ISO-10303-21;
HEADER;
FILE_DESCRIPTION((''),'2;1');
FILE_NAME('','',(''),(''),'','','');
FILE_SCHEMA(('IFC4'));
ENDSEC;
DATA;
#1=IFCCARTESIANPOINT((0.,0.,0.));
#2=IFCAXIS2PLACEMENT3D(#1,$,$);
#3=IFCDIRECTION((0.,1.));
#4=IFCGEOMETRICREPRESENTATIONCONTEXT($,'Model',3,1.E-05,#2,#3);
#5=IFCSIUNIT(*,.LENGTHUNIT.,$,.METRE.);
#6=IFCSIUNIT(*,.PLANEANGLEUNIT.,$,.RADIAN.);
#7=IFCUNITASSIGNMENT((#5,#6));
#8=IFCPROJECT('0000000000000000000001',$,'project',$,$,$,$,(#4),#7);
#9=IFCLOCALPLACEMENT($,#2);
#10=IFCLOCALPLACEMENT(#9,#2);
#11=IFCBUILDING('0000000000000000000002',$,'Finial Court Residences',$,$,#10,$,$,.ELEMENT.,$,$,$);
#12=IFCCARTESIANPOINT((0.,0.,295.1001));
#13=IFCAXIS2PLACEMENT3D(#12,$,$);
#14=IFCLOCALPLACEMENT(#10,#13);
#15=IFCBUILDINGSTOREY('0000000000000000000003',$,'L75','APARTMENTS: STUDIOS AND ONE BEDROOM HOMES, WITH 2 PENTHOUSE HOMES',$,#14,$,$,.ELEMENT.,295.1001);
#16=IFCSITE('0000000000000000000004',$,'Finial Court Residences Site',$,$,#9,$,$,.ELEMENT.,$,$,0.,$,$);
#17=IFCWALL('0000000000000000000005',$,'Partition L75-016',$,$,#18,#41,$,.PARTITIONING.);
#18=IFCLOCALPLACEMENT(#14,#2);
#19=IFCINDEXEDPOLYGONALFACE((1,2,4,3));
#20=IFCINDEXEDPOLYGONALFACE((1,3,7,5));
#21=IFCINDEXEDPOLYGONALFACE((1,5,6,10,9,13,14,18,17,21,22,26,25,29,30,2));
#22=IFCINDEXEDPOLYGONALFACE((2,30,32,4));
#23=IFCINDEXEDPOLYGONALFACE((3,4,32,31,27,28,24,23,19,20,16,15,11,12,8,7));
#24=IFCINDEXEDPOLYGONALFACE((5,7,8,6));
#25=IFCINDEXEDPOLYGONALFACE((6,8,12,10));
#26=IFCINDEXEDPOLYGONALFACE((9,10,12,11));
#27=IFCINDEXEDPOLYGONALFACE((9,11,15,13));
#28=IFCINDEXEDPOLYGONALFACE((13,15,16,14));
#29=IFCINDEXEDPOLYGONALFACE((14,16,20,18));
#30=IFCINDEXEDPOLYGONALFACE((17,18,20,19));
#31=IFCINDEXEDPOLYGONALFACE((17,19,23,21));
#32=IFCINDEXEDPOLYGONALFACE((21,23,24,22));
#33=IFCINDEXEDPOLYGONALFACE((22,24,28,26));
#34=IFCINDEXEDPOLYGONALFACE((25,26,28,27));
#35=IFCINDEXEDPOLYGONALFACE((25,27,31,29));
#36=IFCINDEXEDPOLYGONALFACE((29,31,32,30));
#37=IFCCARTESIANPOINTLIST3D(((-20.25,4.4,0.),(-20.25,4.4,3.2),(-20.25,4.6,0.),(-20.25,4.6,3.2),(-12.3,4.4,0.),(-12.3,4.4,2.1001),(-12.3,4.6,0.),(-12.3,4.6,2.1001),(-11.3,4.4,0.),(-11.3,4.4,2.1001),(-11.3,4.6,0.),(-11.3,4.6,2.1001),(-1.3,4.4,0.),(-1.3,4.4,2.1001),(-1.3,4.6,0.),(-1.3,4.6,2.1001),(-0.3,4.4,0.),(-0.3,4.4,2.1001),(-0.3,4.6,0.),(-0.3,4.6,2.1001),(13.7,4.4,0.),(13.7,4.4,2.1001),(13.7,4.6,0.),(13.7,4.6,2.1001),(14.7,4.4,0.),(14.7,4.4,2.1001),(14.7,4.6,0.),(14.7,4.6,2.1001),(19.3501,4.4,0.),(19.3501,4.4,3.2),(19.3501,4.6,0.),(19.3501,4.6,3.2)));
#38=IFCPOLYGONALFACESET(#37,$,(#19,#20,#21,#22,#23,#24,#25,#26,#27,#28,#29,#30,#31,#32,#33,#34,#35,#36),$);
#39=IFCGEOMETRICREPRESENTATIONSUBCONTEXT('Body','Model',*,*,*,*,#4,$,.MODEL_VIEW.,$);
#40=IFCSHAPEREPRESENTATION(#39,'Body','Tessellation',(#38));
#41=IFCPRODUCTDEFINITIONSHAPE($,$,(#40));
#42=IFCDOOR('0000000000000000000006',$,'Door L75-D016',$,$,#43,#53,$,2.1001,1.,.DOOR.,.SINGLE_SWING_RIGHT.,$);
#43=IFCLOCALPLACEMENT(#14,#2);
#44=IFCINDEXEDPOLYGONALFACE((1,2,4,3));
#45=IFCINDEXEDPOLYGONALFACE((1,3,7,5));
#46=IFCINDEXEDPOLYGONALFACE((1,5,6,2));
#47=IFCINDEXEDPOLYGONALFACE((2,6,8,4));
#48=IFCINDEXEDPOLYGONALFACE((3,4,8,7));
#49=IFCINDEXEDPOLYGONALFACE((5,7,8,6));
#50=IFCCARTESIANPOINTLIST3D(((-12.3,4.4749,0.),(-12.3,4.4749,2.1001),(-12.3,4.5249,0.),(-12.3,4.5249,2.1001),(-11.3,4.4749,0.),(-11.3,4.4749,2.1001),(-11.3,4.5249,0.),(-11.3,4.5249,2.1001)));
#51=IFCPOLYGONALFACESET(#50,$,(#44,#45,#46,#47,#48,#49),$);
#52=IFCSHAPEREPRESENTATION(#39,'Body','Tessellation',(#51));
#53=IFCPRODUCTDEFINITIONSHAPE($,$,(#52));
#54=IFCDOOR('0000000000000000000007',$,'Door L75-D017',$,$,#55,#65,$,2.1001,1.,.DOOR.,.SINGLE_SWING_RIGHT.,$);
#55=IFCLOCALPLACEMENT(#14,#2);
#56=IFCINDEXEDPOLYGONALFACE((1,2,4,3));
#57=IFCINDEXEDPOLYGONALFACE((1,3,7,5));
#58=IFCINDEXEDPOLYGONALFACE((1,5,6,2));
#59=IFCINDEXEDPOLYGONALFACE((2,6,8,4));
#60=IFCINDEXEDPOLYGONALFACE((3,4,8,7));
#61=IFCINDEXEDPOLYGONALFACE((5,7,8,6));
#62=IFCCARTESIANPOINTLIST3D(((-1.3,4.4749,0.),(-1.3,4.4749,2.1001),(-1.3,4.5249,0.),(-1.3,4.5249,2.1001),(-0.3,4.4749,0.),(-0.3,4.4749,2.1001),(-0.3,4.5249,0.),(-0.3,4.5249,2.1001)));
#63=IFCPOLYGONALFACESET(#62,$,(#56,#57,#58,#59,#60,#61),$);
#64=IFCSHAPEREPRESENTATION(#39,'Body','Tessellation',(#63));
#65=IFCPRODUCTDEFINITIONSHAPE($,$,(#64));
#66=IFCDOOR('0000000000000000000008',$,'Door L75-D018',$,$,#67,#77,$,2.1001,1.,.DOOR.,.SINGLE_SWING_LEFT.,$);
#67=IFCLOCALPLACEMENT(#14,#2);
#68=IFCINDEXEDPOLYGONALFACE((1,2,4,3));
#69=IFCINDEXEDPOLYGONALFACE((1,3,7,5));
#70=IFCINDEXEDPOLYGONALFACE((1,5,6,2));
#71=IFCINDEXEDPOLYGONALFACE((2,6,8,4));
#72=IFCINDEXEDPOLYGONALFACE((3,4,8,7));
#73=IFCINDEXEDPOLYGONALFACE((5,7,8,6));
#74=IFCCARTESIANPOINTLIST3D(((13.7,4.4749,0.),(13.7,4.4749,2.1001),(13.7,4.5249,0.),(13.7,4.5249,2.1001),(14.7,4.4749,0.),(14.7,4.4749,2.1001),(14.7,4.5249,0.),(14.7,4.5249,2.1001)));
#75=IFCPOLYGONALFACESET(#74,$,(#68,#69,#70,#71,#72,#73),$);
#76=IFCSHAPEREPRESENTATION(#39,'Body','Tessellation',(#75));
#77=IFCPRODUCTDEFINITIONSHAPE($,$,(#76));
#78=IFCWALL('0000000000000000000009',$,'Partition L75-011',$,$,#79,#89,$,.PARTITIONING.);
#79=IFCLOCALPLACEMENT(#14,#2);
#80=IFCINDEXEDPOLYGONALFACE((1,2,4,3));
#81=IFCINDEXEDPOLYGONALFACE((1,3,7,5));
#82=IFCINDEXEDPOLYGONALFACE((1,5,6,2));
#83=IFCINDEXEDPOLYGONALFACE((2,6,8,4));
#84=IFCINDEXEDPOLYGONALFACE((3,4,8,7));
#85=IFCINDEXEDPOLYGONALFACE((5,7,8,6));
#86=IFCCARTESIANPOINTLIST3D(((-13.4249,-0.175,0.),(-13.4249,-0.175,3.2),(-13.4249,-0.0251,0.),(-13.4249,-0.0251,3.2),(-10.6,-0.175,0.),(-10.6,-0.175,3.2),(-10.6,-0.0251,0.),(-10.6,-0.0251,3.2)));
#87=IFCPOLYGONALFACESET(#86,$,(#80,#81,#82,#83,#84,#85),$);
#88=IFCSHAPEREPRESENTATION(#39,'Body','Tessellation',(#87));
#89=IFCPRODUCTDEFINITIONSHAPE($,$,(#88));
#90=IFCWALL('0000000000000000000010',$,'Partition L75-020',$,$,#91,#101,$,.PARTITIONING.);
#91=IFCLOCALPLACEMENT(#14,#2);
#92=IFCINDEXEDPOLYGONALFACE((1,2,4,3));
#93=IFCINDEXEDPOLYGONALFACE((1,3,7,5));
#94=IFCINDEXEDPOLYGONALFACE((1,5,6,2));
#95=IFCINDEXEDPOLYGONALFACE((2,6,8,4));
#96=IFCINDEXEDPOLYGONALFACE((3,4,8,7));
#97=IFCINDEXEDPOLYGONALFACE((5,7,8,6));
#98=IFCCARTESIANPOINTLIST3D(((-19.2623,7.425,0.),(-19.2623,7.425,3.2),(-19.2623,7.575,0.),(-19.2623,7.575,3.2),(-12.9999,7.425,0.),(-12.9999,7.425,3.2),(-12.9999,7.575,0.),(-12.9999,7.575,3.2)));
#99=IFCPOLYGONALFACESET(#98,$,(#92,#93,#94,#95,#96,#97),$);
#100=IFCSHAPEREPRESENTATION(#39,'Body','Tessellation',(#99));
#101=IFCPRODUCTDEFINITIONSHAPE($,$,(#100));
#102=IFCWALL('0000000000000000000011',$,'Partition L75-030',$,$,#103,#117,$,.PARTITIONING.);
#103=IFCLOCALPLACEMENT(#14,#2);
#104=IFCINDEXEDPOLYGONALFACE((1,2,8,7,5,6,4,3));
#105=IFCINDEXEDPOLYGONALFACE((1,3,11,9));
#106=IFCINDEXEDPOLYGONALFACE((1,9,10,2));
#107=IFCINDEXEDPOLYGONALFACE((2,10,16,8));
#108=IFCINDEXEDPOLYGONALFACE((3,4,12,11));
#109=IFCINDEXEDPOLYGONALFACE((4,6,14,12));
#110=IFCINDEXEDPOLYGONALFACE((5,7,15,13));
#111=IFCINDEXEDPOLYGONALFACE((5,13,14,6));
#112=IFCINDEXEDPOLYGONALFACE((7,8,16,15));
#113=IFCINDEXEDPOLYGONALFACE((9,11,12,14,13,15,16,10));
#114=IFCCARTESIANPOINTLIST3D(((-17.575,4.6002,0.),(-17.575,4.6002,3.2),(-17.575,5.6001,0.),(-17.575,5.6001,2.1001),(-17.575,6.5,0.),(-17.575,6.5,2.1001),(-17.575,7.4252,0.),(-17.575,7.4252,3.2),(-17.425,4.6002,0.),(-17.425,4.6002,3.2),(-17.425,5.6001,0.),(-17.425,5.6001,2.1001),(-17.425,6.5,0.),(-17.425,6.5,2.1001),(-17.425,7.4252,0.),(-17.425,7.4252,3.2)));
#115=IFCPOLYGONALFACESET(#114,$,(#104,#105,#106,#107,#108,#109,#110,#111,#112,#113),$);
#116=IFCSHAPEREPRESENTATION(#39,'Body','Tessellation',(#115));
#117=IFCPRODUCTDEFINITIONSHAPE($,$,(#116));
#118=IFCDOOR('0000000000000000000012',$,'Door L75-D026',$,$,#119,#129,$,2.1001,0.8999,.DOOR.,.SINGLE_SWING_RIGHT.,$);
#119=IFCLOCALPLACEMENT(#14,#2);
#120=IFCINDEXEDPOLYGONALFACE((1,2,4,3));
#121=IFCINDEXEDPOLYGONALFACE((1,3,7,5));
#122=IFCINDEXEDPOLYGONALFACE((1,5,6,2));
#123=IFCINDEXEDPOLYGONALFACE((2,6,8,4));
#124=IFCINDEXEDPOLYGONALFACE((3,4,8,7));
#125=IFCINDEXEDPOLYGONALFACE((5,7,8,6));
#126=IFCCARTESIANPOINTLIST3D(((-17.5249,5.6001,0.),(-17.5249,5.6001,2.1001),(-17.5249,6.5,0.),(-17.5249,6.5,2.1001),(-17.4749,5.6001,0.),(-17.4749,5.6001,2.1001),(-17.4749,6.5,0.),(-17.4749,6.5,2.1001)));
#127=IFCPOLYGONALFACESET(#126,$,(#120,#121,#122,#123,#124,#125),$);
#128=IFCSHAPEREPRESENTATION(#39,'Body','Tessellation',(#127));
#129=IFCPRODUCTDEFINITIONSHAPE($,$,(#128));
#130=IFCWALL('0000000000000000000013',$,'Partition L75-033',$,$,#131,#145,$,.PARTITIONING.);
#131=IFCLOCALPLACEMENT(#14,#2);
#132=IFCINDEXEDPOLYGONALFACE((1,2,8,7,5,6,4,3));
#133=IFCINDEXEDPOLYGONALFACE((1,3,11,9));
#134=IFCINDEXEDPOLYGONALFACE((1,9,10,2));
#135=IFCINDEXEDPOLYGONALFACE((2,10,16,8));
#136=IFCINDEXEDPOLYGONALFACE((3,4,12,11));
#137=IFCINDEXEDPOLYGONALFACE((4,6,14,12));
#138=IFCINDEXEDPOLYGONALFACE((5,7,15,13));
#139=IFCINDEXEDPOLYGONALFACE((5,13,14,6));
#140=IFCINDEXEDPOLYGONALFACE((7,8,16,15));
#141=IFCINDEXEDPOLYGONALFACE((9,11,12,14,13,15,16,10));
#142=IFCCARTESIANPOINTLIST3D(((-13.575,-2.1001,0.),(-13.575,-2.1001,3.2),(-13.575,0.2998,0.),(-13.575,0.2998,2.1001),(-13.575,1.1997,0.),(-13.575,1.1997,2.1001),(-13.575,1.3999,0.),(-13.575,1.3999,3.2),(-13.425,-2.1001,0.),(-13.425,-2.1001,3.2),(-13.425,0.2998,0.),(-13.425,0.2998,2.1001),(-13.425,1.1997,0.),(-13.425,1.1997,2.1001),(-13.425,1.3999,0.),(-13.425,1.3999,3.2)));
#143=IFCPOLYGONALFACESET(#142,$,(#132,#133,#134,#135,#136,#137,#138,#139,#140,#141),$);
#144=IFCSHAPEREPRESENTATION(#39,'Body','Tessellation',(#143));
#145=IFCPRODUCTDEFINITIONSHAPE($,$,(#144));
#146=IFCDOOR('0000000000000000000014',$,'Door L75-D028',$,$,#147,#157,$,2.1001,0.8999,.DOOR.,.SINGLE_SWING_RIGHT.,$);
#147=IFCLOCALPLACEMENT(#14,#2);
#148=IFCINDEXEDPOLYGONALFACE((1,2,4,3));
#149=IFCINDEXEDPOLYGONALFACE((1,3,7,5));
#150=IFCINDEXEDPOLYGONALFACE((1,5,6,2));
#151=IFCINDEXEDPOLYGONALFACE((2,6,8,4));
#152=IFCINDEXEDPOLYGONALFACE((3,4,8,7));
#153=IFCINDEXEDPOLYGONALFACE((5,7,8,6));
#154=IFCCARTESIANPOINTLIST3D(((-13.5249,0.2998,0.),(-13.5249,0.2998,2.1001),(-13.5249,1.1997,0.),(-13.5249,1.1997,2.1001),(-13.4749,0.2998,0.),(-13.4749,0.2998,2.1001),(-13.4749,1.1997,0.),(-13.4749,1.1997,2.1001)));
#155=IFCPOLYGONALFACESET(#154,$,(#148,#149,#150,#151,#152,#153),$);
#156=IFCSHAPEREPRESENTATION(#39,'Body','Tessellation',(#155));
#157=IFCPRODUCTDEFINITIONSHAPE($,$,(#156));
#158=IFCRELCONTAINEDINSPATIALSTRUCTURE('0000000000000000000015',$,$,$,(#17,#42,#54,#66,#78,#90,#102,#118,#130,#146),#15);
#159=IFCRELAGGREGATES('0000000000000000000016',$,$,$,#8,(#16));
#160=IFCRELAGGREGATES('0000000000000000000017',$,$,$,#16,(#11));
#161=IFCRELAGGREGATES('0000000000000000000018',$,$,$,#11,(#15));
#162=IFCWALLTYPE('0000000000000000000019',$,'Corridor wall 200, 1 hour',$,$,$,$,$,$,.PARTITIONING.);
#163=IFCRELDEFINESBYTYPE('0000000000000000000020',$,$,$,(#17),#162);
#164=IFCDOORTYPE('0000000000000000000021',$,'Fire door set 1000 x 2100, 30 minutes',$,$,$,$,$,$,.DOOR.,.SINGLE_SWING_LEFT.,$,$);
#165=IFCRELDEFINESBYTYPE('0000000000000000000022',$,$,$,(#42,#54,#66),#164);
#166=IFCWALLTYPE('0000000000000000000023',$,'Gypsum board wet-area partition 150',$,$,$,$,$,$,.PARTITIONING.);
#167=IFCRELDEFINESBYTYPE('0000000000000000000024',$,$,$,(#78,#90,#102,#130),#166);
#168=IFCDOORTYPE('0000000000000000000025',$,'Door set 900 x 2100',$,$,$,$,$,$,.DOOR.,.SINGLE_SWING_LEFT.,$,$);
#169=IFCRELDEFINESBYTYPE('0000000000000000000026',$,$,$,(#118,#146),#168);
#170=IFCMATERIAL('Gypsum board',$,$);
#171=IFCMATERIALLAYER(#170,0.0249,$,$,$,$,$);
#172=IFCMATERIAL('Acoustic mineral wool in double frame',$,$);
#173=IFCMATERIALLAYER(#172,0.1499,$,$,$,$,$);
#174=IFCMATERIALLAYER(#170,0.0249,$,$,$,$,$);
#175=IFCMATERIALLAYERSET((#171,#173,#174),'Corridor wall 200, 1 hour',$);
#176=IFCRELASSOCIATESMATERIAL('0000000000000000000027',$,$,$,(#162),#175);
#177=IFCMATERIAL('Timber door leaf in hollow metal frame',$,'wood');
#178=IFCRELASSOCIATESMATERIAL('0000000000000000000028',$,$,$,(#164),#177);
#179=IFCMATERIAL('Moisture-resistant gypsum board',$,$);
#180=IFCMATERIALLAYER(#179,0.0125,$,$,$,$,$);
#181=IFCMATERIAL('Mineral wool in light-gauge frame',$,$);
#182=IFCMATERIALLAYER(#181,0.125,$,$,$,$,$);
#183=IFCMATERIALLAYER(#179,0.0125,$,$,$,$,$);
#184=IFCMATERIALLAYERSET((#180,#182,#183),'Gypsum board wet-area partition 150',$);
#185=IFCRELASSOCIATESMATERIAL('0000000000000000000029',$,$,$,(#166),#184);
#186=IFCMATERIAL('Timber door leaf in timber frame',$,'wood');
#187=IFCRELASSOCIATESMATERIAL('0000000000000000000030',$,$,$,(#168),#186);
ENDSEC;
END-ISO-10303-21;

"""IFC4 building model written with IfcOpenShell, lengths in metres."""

from ifc_helpers import new_model, si_unit, direction, frame, frame_2d, origin, place, context, subcontext, project, spatial, rectangle, extrude, material, layer, layer_set, type_object, element, fill, save


model = new_model("IFC4")

# Units and contexts
model_context = context("Model", 3, precision=1e-05, world=origin(), true_north=direction((0.0, 1.0)))
body_context = subcontext(model_context, "Body", "Model", "MODEL_VIEW")
ifc_project = project(units=[si_unit("LENGTHUNIT", "METRE"), si_unit("PLANEANGLEUNIT", "RADIAN")], contexts=[model_context])

# Site, building, storey
site_placement = place(None, origin())
site = spatial("IfcSite", under=ifc_project, at=site_placement, Name="Finial Court Residences Site", CompositionType="ELEMENT", RefElevation=0.0)
building_placement = place(site_placement, origin())
building = spatial("IfcBuilding", under=site, at=building_placement, Name="Finial Court Residences", CompositionType="ELEMENT")
storey_placement = place(building_placement, frame((0.0, 0.0, 295.1001)))
storey = spatial("IfcBuildingStorey", under=building, at=storey_placement, Name="L75", Description="APARTMENTS: STUDIOS AND ONE BEDROOM HOMES, WITH 2 PENTHOUSE HOMES", CompositionType="ELEMENT", Elevation=295.1001)

# Shared definitions
ifc_material_1 = material(Name="Gypsum board")
ifc_layer_1 = layer(ifc_material_1, 0.0249)
ifc_material_2 = material(Name="Acoustic mineral wool in double frame")
ifc_layer_2 = layer(ifc_material_2, 0.1499)
ifc_layer_3 = layer(ifc_material_1, 0.0249)
ifc_layer_set_1 = layer_set([ifc_layer_1, ifc_layer_2, ifc_layer_3], Name="Corridor wall 200, 1 hour")
wall_type_1 = type_object("IfcWallType", Name="Corridor wall 200, 1 hour", PredefinedType="PARTITIONING", material=ifc_layer_set_1)

# Wall, openings, doors
wall_1_placement = place(storey_placement, frame((-20.25, 4.5, 0.0), z_axis=(0.0, 0.0, 1.0), x_axis=(1.0, 0.0, 0.0)))
wall_1 = element("IfcWall", 1, at=wall_1_placement, inside=storey, type_object=wall_type_1, Name="Partition L75-016", PredefinedType="PARTITIONING", context=body_context, shape_type="SweptSolid", body=[
    extrude(rectangle(XDim=39.6001, YDim=0.2, at=frame_2d((19.8, 0.0))), origin(), (0.0, 0.0, 1.0), 3.2),
])
opening_1_placement = place(wall_1_placement, frame((7.95, 0.0, 0.0)))
opening_1 = element("IfcOpeningElement", 2, at=opening_1_placement, cuts=wall_1, PredefinedType="OPENING", context=body_context, shape_type="SweptSolid", body=[
    extrude(rectangle(XDim=1.0, YDim=2.1001, at=frame_2d((0.5, 1.05))), frame((0.0, 0.1099, 0.0), z_axis=(0.0, -1.0, 0.0), x_axis=(1.0, 0.0, 0.0)), (0.0, 0.0, 1.0), 0.22),
])
opening_2_placement = place(wall_1_placement, frame((18.95, 0.0, 0.0)))
opening_2 = element("IfcOpeningElement", 3, at=opening_2_placement, cuts=wall_1, PredefinedType="OPENING", context=body_context, shape_type="SweptSolid", body=[
    extrude(rectangle(XDim=1.0, YDim=2.1001, at=frame_2d((0.5, 1.05))), frame((0.0, 0.1099, 0.0), z_axis=(0.0, -1.0, 0.0), x_axis=(1.0, 0.0, 0.0)), (0.0, 0.0, 1.0), 0.22),
])
opening_3_placement = place(wall_1_placement, frame((33.95, 0.0, 0.0)))
opening_3 = element("IfcOpeningElement", 4, at=opening_3_placement, cuts=wall_1, PredefinedType="OPENING", context=body_context, shape_type="SweptSolid", body=[
    extrude(rectangle(XDim=1.0, YDim=2.1001, at=frame_2d((0.5, 1.05))), frame((0.0, 0.1099, 0.0), z_axis=(0.0, -1.0, 0.0), x_axis=(1.0, 0.0, 0.0)), (0.0, 0.0, 1.0), 0.22),
])
ifc_material_3 = material(Name="Timber door leaf in hollow metal frame", Category="wood")
door_type_1 = type_object("IfcDoorType", Name="Fire door set 1000 x 2100, 30 minutes", OperationType="SINGLE_SWING_LEFT", PredefinedType="DOOR", material=ifc_material_3)
door_1_placement = place(opening_1_placement, origin())
door_1 = element("IfcDoor", 5, at=door_1_placement, inside=storey, type_object=door_type_1, Name="Door L75-D016", OperationType="SINGLE_SWING_RIGHT", OverallHeight=2.1001, OverallWidth=1.0, PredefinedType="DOOR", context=body_context, shape_type="SweptSolid", body=[
    extrude(rectangle(XDim=1.0, YDim=2.1001, at=frame_2d((0.5, 1.05))), frame((0.0, 0.0249, 0.0), z_axis=(0.0, -1.0, 0.0), x_axis=(1.0, 0.0, 0.0)), (0.0, 0.0, 1.0), 0.05),
])
fill(opening_1, door_1)
door_2_placement = place(opening_2_placement, origin())
door_2 = element("IfcDoor", 6, at=door_2_placement, inside=storey, type_object=door_type_1, Name="Door L75-D017", OperationType="SINGLE_SWING_RIGHT", OverallHeight=2.1001, OverallWidth=1.0, PredefinedType="DOOR", context=body_context, shape_type="SweptSolid", body=[
    extrude(rectangle(XDim=1.0, YDim=2.1001, at=frame_2d((0.5, 1.05))), frame((0.0, 0.0249, 0.0), z_axis=(0.0, -1.0, 0.0), x_axis=(1.0, 0.0, 0.0)), (0.0, 0.0, 1.0), 0.05),
])
fill(opening_2, door_2)
door_3_placement = place(opening_3_placement, origin())
door_3 = element("IfcDoor", 7, at=door_3_placement, inside=storey, type_object=door_type_1, Name="Door L75-D018", OperationType="SINGLE_SWING_LEFT", OverallHeight=2.1001, OverallWidth=1.0, PredefinedType="DOOR", context=body_context, shape_type="SweptSolid", body=[
    extrude(rectangle(XDim=1.0, YDim=2.1001, at=frame_2d((0.5, 1.05))), frame((0.0, 0.0249, 0.0), z_axis=(0.0, -1.0, 0.0), x_axis=(1.0, 0.0, 0.0)), (0.0, 0.0, 1.0), 0.05),
])
fill(opening_3, door_3)

# Walls
ifc_material_4 = material(Name="Moisture-resistant gypsum board")
ifc_layer_4 = layer(ifc_material_4, 0.0125)
ifc_material_5 = material(Name="Mineral wool in light-gauge frame")
ifc_layer_5 = layer(ifc_material_5, 0.125)
ifc_layer_6 = layer(ifc_material_4, 0.0125)
ifc_layer_set_2 = layer_set([ifc_layer_4, ifc_layer_5, ifc_layer_6], Name="Gypsum board wet-area partition 150")
wall_type_2 = type_object("IfcWallType", Name="Gypsum board wet-area partition 150", PredefinedType="PARTITIONING", material=ifc_layer_set_2)
wall_2_placement = place(storey_placement, frame((-13.425, -0.1001, 0.0), z_axis=(0.0, 0.0, 1.0), x_axis=(1.0, 0.0, 0.0)))
element("IfcWall", 8, at=wall_2_placement, inside=storey, type_object=wall_type_2, Name="Partition L75-011", PredefinedType="PARTITIONING", context=body_context, shape_type="SweptSolid", body=[
    extrude(rectangle(XDim=2.825, YDim=0.1499, at=frame_2d((1.4126, 0.0))), origin(), (0.0, 0.0, 1.0), 3.2),
])
wall_3_placement = place(storey_placement, frame((-19.2625, 7.5, 0.0), z_axis=(0.0, 0.0, 1.0), x_axis=(1.0, 0.0, 0.0)))
element("IfcWall", 9, at=wall_3_placement, inside=storey, type_object=wall_type_2, Name="Partition L75-020", PredefinedType="PARTITIONING", context=body_context, shape_type="SweptSolid", body=[
    extrude(rectangle(XDim=6.2625, YDim=0.1499, at=frame_2d((3.1313, 0.0))), origin(), (0.0, 0.0, 1.0), 3.2),
])

# Walls, openings, doors
wall_4_placement = place(storey_placement, frame((-17.5, 4.6001, 0.0), z_axis=(0.0, 0.0, 1.0), x_axis=(0.0, 1.0, 0.0)))
wall_4 = element("IfcWall", 10, at=wall_4_placement, inside=storey, type_object=wall_type_2, Name="Partition L75-030", PredefinedType="PARTITIONING", context=body_context, shape_type="SweptSolid", body=[
    extrude(rectangle(XDim=2.825, YDim=0.1499, at=frame_2d((1.4126, 0.0))), origin(), (0.0, 0.0, 1.0), 3.2),
])
opening_4_placement = place(wall_4_placement, frame((1.0, 0.0, 0.0)))
opening_4 = element("IfcOpeningElement", 11, at=opening_4_placement, cuts=wall_4, PredefinedType="OPENING", context=body_context, shape_type="SweptSolid", body=[
    extrude(rectangle(XDim=0.8999, YDim=2.1001, at=frame_2d((0.45, 1.05))), frame((0.0, 0.085, 0.0), z_axis=(0.0, -1.0, 0.0), x_axis=(1.0, 0.0, 0.0)), (0.0, 0.0, 1.0), 0.1699),
])
ifc_material_6 = material(Name="Timber door leaf in timber frame", Category="wood")
door_type_2 = type_object("IfcDoorType", Name="Door set 900 x 2100", OperationType="SINGLE_SWING_LEFT", PredefinedType="DOOR", material=ifc_material_6)
door_4_placement = place(opening_4_placement, origin())
door_4 = element("IfcDoor", 12, at=door_4_placement, inside=storey, type_object=door_type_2, Name="Door L75-D026", OperationType="SINGLE_SWING_RIGHT", OverallHeight=2.1001, OverallWidth=0.8999, PredefinedType="DOOR", context=body_context, shape_type="SweptSolid", body=[
    extrude(rectangle(XDim=0.8999, YDim=2.1001, at=frame_2d((0.45, 1.05))), frame((0.0, 0.0249, 0.0), z_axis=(0.0, -1.0, 0.0), x_axis=(1.0, 0.0, 0.0)), (0.0, 0.0, 1.0), 0.05),
])
fill(opening_4, door_4)
wall_5_placement = place(storey_placement, frame((-13.5, -2.1001, 0.0), z_axis=(0.0, 0.0, 1.0), x_axis=(0.0, 1.0, 0.0)))
wall_5 = element("IfcWall", 13, at=wall_5_placement, inside=storey, type_object=wall_type_2, Name="Partition L75-033", PredefinedType="PARTITIONING", context=body_context, shape_type="SweptSolid", body=[
    extrude(rectangle(XDim=3.5, YDim=0.1499, at=frame_2d((1.75, 0.0))), origin(), (0.0, 0.0, 1.0), 3.2),
])
opening_5_placement = place(wall_5_placement, frame((2.3999, 0.0, 0.0)))
opening_5 = element("IfcOpeningElement", 14, at=opening_5_placement, cuts=wall_5, PredefinedType="OPENING", context=body_context, shape_type="SweptSolid", body=[
    extrude(rectangle(XDim=0.8999, YDim=2.1001, at=frame_2d((0.45, 1.05))), frame((0.0, 0.085, 0.0), z_axis=(0.0, -1.0, 0.0), x_axis=(1.0, 0.0, 0.0)), (0.0, 0.0, 1.0), 0.1699),
])
door_5_placement = place(opening_5_placement, origin())
door_5 = element("IfcDoor", 15, at=door_5_placement, inside=storey, type_object=door_type_2, Name="Door L75-D028", OperationType="SINGLE_SWING_RIGHT", OverallHeight=2.1001, OverallWidth=0.8999, PredefinedType="DOOR", context=body_context, shape_type="SweptSolid", body=[
    extrude(rectangle(XDim=0.8999, YDim=2.1001, at=frame_2d((0.45, 1.05))), frame((0.0, 0.0249, 0.0), z_axis=(0.0, -1.0, 0.0), x_axis=(1.0, 0.0, 0.0)), (0.0, 0.0, 1.0), 0.05),
])
fill(opening_5, door_5)

save(model, "model.ifc")
